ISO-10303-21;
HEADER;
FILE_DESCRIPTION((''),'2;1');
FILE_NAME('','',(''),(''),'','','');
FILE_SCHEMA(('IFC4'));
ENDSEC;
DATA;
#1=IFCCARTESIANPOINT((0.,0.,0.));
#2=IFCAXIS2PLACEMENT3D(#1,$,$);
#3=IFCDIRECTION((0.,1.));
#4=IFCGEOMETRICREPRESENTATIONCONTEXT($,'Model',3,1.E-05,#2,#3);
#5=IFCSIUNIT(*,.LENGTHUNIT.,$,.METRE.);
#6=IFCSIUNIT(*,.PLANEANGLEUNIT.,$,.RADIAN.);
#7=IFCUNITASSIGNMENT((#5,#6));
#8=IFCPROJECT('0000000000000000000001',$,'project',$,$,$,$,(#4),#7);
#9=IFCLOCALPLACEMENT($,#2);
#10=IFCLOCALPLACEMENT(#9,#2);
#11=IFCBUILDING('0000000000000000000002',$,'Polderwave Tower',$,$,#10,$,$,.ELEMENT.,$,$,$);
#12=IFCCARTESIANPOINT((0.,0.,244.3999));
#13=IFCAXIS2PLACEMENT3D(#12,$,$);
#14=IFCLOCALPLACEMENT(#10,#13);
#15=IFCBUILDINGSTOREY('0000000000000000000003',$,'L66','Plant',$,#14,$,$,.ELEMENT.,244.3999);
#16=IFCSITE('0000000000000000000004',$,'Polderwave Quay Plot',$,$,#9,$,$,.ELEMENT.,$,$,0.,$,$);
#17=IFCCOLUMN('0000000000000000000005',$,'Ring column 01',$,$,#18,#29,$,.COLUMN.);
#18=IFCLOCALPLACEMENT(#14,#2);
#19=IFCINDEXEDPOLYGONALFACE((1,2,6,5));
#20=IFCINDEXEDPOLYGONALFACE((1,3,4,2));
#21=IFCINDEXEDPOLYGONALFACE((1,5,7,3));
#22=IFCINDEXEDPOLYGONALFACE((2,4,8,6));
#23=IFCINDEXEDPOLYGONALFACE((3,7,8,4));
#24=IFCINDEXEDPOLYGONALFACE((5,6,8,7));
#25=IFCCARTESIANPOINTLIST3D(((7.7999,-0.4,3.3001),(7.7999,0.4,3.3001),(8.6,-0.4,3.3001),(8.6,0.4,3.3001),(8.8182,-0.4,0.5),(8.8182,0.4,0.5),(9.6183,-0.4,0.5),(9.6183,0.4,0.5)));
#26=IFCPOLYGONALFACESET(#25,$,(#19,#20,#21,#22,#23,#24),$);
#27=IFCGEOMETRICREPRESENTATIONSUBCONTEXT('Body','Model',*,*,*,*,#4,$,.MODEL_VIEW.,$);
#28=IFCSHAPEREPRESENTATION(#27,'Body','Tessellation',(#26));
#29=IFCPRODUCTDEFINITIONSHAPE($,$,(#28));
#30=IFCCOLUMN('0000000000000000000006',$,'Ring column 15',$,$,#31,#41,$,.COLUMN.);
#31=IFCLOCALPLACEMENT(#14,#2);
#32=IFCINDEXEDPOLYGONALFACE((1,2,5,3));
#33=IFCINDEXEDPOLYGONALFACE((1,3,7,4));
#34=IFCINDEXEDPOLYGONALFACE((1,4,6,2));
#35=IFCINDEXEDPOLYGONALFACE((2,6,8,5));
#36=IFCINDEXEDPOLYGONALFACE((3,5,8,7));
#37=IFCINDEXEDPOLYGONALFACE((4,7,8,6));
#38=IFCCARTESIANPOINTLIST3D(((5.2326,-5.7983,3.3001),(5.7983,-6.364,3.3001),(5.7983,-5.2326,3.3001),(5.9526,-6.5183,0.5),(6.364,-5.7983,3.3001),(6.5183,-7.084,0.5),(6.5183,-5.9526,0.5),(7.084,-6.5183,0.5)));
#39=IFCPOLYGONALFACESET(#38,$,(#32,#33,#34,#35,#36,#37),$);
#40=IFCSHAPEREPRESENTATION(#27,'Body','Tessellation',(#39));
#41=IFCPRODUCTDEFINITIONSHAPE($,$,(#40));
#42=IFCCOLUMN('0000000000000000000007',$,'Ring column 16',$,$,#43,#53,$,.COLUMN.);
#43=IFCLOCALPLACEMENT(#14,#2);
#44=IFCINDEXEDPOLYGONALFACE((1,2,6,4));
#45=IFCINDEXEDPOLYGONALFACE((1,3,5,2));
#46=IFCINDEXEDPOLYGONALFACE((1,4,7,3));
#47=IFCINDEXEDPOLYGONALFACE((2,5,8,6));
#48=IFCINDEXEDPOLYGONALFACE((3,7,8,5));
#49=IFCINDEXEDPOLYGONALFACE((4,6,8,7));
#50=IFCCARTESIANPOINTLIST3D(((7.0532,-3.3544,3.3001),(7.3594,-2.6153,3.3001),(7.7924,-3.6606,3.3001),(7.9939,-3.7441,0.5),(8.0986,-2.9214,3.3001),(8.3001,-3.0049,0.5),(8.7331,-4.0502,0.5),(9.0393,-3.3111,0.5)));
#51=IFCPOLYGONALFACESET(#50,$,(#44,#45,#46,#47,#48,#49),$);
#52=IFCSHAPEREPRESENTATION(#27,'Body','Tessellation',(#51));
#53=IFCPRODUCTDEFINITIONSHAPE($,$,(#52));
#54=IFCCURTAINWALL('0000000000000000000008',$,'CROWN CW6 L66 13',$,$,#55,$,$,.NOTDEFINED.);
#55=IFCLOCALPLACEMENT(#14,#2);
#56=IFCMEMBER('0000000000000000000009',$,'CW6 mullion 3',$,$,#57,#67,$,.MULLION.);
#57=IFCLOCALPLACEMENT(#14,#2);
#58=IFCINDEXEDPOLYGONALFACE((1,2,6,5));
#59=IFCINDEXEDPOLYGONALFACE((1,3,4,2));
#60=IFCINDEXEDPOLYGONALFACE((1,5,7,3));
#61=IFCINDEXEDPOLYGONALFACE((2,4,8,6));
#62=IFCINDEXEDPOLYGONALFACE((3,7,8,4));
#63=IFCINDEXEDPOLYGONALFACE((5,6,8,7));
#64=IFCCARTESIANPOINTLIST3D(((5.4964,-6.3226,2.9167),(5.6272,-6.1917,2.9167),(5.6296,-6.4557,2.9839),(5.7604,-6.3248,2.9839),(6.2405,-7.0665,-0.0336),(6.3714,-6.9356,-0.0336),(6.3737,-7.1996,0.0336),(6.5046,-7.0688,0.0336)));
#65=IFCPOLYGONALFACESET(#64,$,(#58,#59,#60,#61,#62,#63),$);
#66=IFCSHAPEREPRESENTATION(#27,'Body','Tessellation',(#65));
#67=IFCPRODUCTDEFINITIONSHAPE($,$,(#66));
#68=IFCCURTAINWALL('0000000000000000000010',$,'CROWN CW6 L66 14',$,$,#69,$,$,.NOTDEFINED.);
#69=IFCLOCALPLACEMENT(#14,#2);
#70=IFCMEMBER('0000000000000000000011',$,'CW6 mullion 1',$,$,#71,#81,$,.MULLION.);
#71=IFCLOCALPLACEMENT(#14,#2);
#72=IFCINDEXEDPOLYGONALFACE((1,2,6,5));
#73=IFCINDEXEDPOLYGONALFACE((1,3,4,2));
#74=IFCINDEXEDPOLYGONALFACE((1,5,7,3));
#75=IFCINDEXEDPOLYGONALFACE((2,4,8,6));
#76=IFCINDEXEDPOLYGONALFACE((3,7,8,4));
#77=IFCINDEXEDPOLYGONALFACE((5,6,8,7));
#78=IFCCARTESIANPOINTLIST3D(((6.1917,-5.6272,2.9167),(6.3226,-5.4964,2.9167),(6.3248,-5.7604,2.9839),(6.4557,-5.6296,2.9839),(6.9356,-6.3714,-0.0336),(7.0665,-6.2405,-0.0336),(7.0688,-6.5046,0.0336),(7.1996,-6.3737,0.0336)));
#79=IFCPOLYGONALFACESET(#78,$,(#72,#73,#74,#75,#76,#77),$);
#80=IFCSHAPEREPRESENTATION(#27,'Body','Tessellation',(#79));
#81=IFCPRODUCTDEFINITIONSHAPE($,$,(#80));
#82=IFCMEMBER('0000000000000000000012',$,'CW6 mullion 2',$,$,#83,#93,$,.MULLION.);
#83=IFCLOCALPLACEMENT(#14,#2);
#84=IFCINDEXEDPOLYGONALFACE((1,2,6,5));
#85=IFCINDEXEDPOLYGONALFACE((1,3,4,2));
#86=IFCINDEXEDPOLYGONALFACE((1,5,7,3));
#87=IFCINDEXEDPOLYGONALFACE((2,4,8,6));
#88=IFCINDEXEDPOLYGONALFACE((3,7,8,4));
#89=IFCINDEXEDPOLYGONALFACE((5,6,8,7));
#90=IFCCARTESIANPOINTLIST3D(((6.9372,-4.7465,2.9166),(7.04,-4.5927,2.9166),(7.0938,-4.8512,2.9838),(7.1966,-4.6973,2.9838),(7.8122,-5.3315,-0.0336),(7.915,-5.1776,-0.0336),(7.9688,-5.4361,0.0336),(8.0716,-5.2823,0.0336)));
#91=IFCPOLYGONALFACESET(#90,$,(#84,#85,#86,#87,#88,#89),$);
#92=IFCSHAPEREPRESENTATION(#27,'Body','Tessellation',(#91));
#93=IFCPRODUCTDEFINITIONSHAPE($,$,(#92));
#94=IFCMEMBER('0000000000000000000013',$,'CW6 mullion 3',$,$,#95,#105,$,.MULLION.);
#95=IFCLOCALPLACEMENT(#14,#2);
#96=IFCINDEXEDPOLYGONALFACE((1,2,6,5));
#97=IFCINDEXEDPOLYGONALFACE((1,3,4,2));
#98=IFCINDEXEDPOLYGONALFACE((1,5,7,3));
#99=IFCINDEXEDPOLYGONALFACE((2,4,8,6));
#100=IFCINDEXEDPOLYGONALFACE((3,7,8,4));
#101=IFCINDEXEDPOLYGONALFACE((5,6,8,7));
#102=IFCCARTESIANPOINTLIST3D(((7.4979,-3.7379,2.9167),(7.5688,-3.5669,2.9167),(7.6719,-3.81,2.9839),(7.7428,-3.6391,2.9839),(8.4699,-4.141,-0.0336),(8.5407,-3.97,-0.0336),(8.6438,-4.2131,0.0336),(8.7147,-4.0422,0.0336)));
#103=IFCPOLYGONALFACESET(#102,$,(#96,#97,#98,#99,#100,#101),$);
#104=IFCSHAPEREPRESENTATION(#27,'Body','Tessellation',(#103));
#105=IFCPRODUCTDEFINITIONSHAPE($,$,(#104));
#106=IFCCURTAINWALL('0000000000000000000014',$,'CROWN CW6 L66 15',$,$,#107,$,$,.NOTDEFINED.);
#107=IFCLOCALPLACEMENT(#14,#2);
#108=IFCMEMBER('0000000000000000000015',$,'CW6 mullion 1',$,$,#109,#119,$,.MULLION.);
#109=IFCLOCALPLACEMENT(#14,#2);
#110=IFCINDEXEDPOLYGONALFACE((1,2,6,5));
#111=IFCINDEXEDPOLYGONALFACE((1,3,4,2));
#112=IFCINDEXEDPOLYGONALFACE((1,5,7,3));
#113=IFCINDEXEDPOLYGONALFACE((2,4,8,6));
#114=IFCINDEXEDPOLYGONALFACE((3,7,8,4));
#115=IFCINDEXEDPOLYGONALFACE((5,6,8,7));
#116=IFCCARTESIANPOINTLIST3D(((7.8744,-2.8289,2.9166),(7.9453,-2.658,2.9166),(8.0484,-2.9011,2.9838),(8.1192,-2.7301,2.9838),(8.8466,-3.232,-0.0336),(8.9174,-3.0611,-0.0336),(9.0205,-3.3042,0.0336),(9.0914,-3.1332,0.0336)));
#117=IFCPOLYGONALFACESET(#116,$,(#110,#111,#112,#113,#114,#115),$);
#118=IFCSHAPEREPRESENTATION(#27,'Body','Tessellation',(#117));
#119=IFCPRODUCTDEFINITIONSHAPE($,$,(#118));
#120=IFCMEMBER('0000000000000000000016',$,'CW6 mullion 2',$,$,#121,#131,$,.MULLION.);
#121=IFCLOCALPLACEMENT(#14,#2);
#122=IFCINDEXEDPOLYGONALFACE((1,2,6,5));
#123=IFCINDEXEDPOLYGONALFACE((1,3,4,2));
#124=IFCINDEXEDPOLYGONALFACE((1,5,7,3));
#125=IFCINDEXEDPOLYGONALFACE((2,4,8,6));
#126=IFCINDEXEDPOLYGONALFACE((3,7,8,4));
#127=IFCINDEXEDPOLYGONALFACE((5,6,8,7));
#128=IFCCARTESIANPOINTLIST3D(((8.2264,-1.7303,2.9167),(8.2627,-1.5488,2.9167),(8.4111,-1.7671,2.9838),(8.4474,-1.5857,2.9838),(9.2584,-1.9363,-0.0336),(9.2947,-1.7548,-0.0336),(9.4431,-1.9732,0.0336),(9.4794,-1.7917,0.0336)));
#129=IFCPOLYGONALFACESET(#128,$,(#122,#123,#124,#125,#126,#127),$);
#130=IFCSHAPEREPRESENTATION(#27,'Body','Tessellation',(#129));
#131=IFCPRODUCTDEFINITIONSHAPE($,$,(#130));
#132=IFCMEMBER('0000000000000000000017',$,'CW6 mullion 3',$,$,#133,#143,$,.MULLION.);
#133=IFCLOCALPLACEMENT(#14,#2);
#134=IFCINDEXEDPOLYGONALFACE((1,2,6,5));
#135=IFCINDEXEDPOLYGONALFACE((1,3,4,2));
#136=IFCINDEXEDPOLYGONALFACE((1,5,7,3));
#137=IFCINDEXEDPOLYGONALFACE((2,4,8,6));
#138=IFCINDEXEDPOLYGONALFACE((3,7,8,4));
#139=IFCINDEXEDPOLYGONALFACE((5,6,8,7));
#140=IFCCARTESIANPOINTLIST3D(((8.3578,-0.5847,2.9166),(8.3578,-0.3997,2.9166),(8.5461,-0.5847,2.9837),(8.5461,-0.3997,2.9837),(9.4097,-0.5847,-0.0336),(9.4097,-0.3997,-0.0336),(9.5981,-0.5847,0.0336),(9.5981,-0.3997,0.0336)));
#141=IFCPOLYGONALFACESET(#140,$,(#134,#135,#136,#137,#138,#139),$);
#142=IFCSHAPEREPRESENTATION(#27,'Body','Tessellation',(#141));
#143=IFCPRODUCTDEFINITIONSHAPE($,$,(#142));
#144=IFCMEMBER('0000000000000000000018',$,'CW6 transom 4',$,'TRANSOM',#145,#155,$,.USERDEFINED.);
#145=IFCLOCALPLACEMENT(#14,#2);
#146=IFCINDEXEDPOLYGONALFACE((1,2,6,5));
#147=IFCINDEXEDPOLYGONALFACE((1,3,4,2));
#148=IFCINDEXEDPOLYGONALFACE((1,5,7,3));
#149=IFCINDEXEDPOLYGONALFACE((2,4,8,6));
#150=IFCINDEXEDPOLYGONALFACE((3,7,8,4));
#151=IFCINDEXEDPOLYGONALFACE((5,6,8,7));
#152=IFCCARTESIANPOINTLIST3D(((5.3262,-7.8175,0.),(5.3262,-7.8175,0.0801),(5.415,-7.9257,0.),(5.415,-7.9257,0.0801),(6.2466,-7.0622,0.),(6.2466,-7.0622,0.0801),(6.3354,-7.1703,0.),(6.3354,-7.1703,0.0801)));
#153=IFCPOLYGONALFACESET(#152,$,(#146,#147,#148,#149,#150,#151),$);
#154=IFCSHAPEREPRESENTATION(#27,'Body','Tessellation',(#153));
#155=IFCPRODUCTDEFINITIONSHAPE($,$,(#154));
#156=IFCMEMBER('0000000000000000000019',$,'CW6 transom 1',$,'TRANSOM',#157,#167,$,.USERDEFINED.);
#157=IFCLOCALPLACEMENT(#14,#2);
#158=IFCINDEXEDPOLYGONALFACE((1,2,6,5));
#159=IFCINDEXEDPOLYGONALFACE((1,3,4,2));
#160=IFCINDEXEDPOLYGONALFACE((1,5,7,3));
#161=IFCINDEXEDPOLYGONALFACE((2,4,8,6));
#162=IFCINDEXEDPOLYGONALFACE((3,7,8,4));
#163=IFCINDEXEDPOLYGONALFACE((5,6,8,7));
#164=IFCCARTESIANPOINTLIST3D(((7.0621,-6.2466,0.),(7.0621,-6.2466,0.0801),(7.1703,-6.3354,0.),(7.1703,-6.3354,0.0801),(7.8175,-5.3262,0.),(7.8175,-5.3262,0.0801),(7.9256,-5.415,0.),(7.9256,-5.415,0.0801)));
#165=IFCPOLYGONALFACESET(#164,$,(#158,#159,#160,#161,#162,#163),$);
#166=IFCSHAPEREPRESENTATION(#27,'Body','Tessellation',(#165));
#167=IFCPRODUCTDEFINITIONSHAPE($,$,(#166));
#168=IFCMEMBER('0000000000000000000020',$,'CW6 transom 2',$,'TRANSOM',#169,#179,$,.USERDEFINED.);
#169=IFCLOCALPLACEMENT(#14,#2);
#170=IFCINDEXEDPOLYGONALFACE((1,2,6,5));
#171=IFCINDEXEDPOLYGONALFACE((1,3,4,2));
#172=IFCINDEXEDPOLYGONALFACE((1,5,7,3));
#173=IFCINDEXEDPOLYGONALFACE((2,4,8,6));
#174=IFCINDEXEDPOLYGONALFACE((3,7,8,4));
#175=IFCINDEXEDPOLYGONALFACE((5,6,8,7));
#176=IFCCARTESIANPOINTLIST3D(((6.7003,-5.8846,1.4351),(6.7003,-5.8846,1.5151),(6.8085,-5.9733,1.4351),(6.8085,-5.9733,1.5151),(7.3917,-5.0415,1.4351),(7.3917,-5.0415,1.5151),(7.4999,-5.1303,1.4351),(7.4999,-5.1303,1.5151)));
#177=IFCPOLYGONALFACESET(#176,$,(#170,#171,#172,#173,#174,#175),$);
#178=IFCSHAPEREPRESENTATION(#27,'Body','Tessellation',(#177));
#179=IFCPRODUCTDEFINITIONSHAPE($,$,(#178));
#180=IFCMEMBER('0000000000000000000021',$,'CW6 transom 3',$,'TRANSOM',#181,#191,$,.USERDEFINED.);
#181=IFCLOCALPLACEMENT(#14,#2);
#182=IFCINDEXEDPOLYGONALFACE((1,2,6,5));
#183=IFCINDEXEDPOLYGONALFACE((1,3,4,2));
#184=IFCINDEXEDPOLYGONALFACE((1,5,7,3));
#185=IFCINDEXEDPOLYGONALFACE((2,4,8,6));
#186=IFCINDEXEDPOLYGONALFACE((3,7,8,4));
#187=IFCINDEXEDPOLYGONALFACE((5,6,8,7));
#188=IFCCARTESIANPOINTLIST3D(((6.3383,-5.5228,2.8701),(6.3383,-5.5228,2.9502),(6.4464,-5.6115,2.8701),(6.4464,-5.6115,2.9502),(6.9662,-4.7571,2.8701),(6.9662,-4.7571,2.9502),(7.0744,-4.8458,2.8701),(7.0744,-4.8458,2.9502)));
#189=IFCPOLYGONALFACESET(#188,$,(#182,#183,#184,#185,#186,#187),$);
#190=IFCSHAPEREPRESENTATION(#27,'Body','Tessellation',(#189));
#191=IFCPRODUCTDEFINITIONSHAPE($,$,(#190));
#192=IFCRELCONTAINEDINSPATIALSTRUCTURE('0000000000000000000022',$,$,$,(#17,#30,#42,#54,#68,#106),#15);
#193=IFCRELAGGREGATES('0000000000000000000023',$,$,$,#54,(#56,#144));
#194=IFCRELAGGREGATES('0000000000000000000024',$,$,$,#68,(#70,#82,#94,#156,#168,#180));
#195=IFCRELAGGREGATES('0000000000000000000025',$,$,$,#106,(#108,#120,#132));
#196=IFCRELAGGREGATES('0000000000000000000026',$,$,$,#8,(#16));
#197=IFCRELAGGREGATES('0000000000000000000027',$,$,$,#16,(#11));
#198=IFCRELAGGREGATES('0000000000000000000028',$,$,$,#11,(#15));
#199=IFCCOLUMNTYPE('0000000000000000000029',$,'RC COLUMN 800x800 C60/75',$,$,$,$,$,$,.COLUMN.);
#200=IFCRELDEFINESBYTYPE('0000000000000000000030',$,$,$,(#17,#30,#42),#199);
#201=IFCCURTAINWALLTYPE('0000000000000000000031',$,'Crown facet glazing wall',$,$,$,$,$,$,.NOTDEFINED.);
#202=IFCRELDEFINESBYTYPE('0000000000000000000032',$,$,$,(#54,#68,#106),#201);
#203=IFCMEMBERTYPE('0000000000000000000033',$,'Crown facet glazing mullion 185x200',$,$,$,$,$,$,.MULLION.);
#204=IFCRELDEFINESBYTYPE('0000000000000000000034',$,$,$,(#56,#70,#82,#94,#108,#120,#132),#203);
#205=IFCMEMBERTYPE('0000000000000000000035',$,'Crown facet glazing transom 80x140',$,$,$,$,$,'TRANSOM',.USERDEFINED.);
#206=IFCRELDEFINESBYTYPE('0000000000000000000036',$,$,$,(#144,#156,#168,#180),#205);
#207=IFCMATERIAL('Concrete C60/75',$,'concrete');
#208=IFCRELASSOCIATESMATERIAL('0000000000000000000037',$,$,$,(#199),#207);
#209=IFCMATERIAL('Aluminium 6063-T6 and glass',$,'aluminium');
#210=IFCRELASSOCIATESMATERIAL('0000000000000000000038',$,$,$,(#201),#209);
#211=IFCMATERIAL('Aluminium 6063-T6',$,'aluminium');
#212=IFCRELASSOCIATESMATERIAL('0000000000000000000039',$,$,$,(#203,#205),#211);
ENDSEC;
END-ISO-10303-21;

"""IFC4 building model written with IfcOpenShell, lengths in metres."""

from ifc_helpers import new_model, si_unit, direction, frame, origin, origin_2d, place, context, subcontext, project, spatial, rectangle, extrude, material, material_profile, profile_set, type_object, element, aggregate, save


model = new_model("IFC4")

# Units and contexts
model_context = context("Model", 3, precision=1e-05, world=origin(), true_north=direction((0.0, 1.0)))
body_context = subcontext(model_context, "Body", "Model", "MODEL_VIEW")
ifc_project = project(units=[si_unit("LENGTHUNIT", "METRE"), si_unit("PLANEANGLEUNIT", "RADIAN")], contexts=[model_context])

# Site, building, storey
site_placement = place(None, origin())
site = spatial("IfcSite", under=ifc_project, at=site_placement, Name="Polderwave Quay Plot", CompositionType="ELEMENT", RefElevation=0.0)
building_placement = place(site_placement, origin())
building = spatial("IfcBuilding", under=site, at=building_placement, Name="Polderwave Tower", CompositionType="ELEMENT")
storey_placement = place(building_placement, frame((0.0, 0.0, 244.3999)))
storey = spatial("IfcBuildingStorey", under=building, at=storey_placement, Name="L66", Description="Plant", CompositionType="ELEMENT", Elevation=244.3999)

# Columns
ifc_material_1 = material(Name="Concrete C60/75", Category="concrete")
ifc_material_profile_1 = material_profile(ifc_material_1, rectangle(XDim=0.8, YDim=0.8, at=origin_2d()), Name="RC 800x800")
ifc_profile_set_1 = profile_set([ifc_material_profile_1], Name="Concrete C60/75")
column_type = type_object("IfcColumnType", Name="RC COLUMN 800x800 C60/75", PredefinedType="COLUMN", material=ifc_profile_set_1)
column_1_placement = place(storey_placement, frame((9.2183, 0.0, 0.5), z_axis=(0.0, 0.0, 1.0), x_axis=(0.0, -1.0, 0.0)))
element("IfcColumn", 1, at=column_1_placement, inside=storey, type_object=column_type, Name="Ring column 01", PredefinedType="COLUMN", context=body_context, shape_type="SweptSolid", body=[
    extrude(rectangle(XDim=0.8, YDim=0.8, at=origin_2d()), origin(), (0.0, -0.341776, 0.939781), 2.9795),
])
column_2_placement = place(storey_placement, frame((6.5183, -6.5183, 0.5), z_axis=(0.0, 0.0, 1.0), x_axis=(-0.707107, -0.707107, 0.0)))
element("IfcColumn", 2, at=column_2_placement, inside=storey, type_object=column_type, Name="Ring column 15", PredefinedType="COLUMN", context=body_context, shape_type="SweptSolid", body=[
    extrude(rectangle(XDim=0.8, YDim=0.8, at=origin_2d()), origin(), (0.0, -0.341741, 0.939794), 2.9795),
])
column_3_placement = place(storey_placement, frame((8.5166, -3.5276, 0.5), z_axis=(0.0, 0.0, 1.0), x_axis=(-0.382691, -0.923877, 0.0)))
element("IfcColumn", 3, at=column_3_placement, inside=storey, type_object=column_type, Name="Ring column 16", PredefinedType="COLUMN", context=body_context, shape_type="SweptSolid", body=[
    extrude(rectangle(XDim=0.8, YDim=0.8, at=origin_2d()), origin(), (0.0, -0.341738, 0.939795), 2.9795),
])

# Curtain wall, member
ifc_material_2 = material(Name="Aluminium 6063-T6 and glass", Category="aluminium")
curtain_wall_type = type_object("IfcCurtainWallType", Name="Crown facet glazing wall", PredefinedType="NOTDEFINED", material=ifc_material_2)
curtain_wall_1_placement = place(storey_placement, origin())
curtain_wall_1 = element("IfcCurtainWall", 4, at=curtain_wall_1_placement, inside=storey, type_object=curtain_wall_type, Name="CROWN CW6 L66 13", PredefinedType="NOTDEFINED")
ifc_material_3 = material(Name="Aluminium 6063-T6", Category="aluminium")
ifc_material_profile_2 = material_profile(ifc_material_3, rectangle(XDim=0.1851, YDim=0.2, at=origin_2d()), Name="AL 185x200")
ifc_profile_set_2 = profile_set([ifc_material_profile_2], Name="Aluminium 6063-T6")
member_type_1 = type_object("IfcMemberType", Name="Crown facet glazing mullion 185x200", PredefinedType="MULLION", material=ifc_profile_set_2)
member_1_placement = place(storey_placement, frame((6.3726, -7.0676, 0.0), z_axis=(-0.237576, 0.237498, 0.941887), x_axis=(-0.706991, -0.707223, 0.0)))
member_1 = element("IfcMember", 5, at=member_1_placement, type_object=member_type_1, Name="CW6 mullion 3", PredefinedType="MULLION", context=body_context, shape_type="SweptSolid", body=[
    extrude(rectangle(XDim=0.1851, YDim=0.2, at=origin_2d()), origin(), (0.0, 0.0, 1.0), 3.1323),
])

# Curtain walls, members
curtain_wall_2_placement = place(storey_placement, origin())
curtain_wall_2 = element("IfcCurtainWall", 6, at=curtain_wall_2_placement, inside=storey, type_object=curtain_wall_type, Name="CROWN CW6 L66 14", PredefinedType="NOTDEFINED")
member_2_placement = place(storey_placement, frame((7.0676, -6.3726, 0.0), z_axis=(-0.237498, 0.237576, 0.941887), x_axis=(-0.707223, -0.706991, 0.0)))
member_2 = element("IfcMember", 7, at=member_2_placement, type_object=member_type_1, Name="CW6 mullion 1", PredefinedType="MULLION", context=body_context, shape_type="SweptSolid", body=[
    extrude(rectangle(XDim=0.1851, YDim=0.2, at=origin_2d()), origin(), (0.0, 0.0, 1.0), 3.1323),
])
member_3_placement = place(storey_placement, frame((7.9419, -5.3069, 0.0), z_axis=(-0.279345, 0.18675, 0.941855), x_axis=(-0.55577, -0.831336, 0.0)))
member_3 = element("IfcMember", 8, at=member_3_placement, type_object=member_type_1, Name="CW6 mullion 2", PredefinedType="MULLION", context=body_context, shape_type="SweptSolid", body=[
    extrude(rectangle(XDim=0.1851, YDim=0.2, at=origin_2d()), origin(), (0.0, 0.0, 1.0), 3.1323),
])
member_4_placement = place(storey_placement, frame((8.5923, -4.0916, 0.0), z_axis=(-0.310299, 0.128687, 0.941888), x_axis=(-0.383083, -0.923714, 0.0)))
member_4 = element("IfcMember", 9, at=member_4_placement, type_object=member_type_1, Name="CW6 mullion 3", PredefinedType="MULLION", context=body_context, shape_type="SweptSolid", body=[
    extrude(rectangle(XDim=0.1851, YDim=0.2, at=origin_2d()), origin(), (0.0, 0.0, 1.0), 3.1323),
])
curtain_wall_3_placement = place(storey_placement, origin())
curtain_wall_3 = element("IfcCurtainWall", 10, at=curtain_wall_3_placement, inside=storey, type_object=curtain_wall_type, Name="CROWN CW6 L66 15", PredefinedType="NOTDEFINED")
member_5_placement = place(storey_placement, frame((8.969, -3.1826, 0.0), z_axis=(-0.31037, 0.128684, 0.941866), x_axis=(-0.383001, -0.923748, 0.0)))
member_5 = element("IfcMember", 11, at=member_5_placement, type_object=member_type_1, Name="CW6 mullion 1", PredefinedType="MULLION", context=body_context, shape_type="SweptSolid", body=[
    extrude(rectangle(XDim=0.1851, YDim=0.2, at=origin_2d()), origin(), (0.0, 0.0, 1.0), 3.1323),
])
member_6_placement = place(storey_placement, frame((9.3689, -1.864, 0.0), z_axis=(-0.329468, 0.065785, 0.941872), x_axis=(-0.195804, -0.980643, 0.0)))
member_6 = element("IfcMember", 12, at=member_6_placement, type_object=member_type_1, Name="CW6 mullion 2", PredefinedType="MULLION", context=body_context, shape_type="SweptSolid", body=[
    extrude(rectangle(XDim=0.1851, YDim=0.2, at=origin_2d()), origin(), (0.0, 0.0, 1.0), 3.1323),
])
member_7_placement = place(storey_placement, frame((9.5039, -0.4922, 0.0), z_axis=(-0.335872, 0.0, 0.941908), x_axis=(0.0, -1.0, 0.0)))
member_7 = element("IfcMember", 13, at=member_7_placement, type_object=member_type_1, Name="CW6 mullion 3", PredefinedType="MULLION", context=body_context, shape_type="SweptSolid", body=[
    extrude(rectangle(XDim=0.1851, YDim=0.2, at=origin_2d()), origin(), (0.0, 0.0, 1.0), 3.1321),
])

# Members
ifc_material_profile_3 = material_profile(ifc_material_3, rectangle(XDim=0.1399, YDim=0.0801, at=origin_2d()), Name="AL 80x140")
ifc_profile_set_3 = profile_set([ifc_material_profile_3], Name="Aluminium 6063-T6")
member_type_2 = type_object("IfcMemberType", Name="Crown facet glazing transom 80x140", ElementType="TRANSOM", PredefinedType="USERDEFINED", material=ifc_profile_set_3)
member_8_placement = place(storey_placement, frame((5.3706, -7.8716, 0.04), z_axis=(0.773006, 0.634398, 0.0), x_axis=(-0.634398, 0.773006, 0.0)))
member_8 = element("IfcMember", 14, at=member_8_placement, type_object=member_type_2, Name="CW6 transom 4", ObjectType="TRANSOM", PredefinedType="USERDEFINED", context=body_context, shape_type="SweptSolid", body=[
    extrude(rectangle(XDim=0.1399, YDim=0.0801, at=origin_2d()), origin(), (0.0, 0.0, 1.0), 1.1907),
])
aggregate(curtain_wall_1, [member_1, member_8])
member_9_placement = place(storey_placement, frame((7.1162, -6.291, 0.04), z_axis=(0.634398, 0.773006, 0.0), x_axis=(-0.773006, 0.634398, 0.0)))
member_9 = element("IfcMember", 15, at=member_9_placement, type_object=member_type_2, Name="CW6 transom 1", ObjectType="TRANSOM", PredefinedType="USERDEFINED", context=body_context, shape_type="SweptSolid", body=[
    extrude(rectangle(XDim=0.1399, YDim=0.0801, at=origin_2d()), origin(), (0.0, 0.0, 1.0), 1.1907),
])
member_10_placement = place(storey_placement, frame((6.7544, -5.929, 1.4751), z_axis=(0.634152, 0.773208, 0.0), x_axis=(-0.773208, 0.634152, 0.0)))
member_10 = element("IfcMember", 16, at=member_10_placement, type_object=member_type_2, Name="CW6 transom 2", ObjectType="TRANSOM", PredefinedType="USERDEFINED", context=body_context, shape_type="SweptSolid", body=[
    extrude(rectangle(XDim=0.1399, YDim=0.0801, at=origin_2d()), origin(), (0.0, 0.0, 1.0), 1.0903),
])
member_11_placement = place(storey_placement, frame((6.3923, -5.5671, 2.9102), z_axis=(0.63415, 0.77321, 0.0), x_axis=(-0.77321, 0.63415, 0.0)))
member_11 = element("IfcMember", 17, at=member_11_placement, type_object=member_type_2, Name="CW6 transom 3", ObjectType="TRANSOM", PredefinedType="USERDEFINED", context=body_context, shape_type="SweptSolid", body=[
    extrude(rectangle(XDim=0.1399, YDim=0.0801, at=origin_2d()), origin(), (0.0, 0.0, 1.0), 0.9902),
])

aggregate(curtain_wall_2, [member_2, member_3, member_4, member_9, member_10, member_11])
aggregate(curtain_wall_3, [member_5, member_6, member_7])

save(model, "model.ifc")
